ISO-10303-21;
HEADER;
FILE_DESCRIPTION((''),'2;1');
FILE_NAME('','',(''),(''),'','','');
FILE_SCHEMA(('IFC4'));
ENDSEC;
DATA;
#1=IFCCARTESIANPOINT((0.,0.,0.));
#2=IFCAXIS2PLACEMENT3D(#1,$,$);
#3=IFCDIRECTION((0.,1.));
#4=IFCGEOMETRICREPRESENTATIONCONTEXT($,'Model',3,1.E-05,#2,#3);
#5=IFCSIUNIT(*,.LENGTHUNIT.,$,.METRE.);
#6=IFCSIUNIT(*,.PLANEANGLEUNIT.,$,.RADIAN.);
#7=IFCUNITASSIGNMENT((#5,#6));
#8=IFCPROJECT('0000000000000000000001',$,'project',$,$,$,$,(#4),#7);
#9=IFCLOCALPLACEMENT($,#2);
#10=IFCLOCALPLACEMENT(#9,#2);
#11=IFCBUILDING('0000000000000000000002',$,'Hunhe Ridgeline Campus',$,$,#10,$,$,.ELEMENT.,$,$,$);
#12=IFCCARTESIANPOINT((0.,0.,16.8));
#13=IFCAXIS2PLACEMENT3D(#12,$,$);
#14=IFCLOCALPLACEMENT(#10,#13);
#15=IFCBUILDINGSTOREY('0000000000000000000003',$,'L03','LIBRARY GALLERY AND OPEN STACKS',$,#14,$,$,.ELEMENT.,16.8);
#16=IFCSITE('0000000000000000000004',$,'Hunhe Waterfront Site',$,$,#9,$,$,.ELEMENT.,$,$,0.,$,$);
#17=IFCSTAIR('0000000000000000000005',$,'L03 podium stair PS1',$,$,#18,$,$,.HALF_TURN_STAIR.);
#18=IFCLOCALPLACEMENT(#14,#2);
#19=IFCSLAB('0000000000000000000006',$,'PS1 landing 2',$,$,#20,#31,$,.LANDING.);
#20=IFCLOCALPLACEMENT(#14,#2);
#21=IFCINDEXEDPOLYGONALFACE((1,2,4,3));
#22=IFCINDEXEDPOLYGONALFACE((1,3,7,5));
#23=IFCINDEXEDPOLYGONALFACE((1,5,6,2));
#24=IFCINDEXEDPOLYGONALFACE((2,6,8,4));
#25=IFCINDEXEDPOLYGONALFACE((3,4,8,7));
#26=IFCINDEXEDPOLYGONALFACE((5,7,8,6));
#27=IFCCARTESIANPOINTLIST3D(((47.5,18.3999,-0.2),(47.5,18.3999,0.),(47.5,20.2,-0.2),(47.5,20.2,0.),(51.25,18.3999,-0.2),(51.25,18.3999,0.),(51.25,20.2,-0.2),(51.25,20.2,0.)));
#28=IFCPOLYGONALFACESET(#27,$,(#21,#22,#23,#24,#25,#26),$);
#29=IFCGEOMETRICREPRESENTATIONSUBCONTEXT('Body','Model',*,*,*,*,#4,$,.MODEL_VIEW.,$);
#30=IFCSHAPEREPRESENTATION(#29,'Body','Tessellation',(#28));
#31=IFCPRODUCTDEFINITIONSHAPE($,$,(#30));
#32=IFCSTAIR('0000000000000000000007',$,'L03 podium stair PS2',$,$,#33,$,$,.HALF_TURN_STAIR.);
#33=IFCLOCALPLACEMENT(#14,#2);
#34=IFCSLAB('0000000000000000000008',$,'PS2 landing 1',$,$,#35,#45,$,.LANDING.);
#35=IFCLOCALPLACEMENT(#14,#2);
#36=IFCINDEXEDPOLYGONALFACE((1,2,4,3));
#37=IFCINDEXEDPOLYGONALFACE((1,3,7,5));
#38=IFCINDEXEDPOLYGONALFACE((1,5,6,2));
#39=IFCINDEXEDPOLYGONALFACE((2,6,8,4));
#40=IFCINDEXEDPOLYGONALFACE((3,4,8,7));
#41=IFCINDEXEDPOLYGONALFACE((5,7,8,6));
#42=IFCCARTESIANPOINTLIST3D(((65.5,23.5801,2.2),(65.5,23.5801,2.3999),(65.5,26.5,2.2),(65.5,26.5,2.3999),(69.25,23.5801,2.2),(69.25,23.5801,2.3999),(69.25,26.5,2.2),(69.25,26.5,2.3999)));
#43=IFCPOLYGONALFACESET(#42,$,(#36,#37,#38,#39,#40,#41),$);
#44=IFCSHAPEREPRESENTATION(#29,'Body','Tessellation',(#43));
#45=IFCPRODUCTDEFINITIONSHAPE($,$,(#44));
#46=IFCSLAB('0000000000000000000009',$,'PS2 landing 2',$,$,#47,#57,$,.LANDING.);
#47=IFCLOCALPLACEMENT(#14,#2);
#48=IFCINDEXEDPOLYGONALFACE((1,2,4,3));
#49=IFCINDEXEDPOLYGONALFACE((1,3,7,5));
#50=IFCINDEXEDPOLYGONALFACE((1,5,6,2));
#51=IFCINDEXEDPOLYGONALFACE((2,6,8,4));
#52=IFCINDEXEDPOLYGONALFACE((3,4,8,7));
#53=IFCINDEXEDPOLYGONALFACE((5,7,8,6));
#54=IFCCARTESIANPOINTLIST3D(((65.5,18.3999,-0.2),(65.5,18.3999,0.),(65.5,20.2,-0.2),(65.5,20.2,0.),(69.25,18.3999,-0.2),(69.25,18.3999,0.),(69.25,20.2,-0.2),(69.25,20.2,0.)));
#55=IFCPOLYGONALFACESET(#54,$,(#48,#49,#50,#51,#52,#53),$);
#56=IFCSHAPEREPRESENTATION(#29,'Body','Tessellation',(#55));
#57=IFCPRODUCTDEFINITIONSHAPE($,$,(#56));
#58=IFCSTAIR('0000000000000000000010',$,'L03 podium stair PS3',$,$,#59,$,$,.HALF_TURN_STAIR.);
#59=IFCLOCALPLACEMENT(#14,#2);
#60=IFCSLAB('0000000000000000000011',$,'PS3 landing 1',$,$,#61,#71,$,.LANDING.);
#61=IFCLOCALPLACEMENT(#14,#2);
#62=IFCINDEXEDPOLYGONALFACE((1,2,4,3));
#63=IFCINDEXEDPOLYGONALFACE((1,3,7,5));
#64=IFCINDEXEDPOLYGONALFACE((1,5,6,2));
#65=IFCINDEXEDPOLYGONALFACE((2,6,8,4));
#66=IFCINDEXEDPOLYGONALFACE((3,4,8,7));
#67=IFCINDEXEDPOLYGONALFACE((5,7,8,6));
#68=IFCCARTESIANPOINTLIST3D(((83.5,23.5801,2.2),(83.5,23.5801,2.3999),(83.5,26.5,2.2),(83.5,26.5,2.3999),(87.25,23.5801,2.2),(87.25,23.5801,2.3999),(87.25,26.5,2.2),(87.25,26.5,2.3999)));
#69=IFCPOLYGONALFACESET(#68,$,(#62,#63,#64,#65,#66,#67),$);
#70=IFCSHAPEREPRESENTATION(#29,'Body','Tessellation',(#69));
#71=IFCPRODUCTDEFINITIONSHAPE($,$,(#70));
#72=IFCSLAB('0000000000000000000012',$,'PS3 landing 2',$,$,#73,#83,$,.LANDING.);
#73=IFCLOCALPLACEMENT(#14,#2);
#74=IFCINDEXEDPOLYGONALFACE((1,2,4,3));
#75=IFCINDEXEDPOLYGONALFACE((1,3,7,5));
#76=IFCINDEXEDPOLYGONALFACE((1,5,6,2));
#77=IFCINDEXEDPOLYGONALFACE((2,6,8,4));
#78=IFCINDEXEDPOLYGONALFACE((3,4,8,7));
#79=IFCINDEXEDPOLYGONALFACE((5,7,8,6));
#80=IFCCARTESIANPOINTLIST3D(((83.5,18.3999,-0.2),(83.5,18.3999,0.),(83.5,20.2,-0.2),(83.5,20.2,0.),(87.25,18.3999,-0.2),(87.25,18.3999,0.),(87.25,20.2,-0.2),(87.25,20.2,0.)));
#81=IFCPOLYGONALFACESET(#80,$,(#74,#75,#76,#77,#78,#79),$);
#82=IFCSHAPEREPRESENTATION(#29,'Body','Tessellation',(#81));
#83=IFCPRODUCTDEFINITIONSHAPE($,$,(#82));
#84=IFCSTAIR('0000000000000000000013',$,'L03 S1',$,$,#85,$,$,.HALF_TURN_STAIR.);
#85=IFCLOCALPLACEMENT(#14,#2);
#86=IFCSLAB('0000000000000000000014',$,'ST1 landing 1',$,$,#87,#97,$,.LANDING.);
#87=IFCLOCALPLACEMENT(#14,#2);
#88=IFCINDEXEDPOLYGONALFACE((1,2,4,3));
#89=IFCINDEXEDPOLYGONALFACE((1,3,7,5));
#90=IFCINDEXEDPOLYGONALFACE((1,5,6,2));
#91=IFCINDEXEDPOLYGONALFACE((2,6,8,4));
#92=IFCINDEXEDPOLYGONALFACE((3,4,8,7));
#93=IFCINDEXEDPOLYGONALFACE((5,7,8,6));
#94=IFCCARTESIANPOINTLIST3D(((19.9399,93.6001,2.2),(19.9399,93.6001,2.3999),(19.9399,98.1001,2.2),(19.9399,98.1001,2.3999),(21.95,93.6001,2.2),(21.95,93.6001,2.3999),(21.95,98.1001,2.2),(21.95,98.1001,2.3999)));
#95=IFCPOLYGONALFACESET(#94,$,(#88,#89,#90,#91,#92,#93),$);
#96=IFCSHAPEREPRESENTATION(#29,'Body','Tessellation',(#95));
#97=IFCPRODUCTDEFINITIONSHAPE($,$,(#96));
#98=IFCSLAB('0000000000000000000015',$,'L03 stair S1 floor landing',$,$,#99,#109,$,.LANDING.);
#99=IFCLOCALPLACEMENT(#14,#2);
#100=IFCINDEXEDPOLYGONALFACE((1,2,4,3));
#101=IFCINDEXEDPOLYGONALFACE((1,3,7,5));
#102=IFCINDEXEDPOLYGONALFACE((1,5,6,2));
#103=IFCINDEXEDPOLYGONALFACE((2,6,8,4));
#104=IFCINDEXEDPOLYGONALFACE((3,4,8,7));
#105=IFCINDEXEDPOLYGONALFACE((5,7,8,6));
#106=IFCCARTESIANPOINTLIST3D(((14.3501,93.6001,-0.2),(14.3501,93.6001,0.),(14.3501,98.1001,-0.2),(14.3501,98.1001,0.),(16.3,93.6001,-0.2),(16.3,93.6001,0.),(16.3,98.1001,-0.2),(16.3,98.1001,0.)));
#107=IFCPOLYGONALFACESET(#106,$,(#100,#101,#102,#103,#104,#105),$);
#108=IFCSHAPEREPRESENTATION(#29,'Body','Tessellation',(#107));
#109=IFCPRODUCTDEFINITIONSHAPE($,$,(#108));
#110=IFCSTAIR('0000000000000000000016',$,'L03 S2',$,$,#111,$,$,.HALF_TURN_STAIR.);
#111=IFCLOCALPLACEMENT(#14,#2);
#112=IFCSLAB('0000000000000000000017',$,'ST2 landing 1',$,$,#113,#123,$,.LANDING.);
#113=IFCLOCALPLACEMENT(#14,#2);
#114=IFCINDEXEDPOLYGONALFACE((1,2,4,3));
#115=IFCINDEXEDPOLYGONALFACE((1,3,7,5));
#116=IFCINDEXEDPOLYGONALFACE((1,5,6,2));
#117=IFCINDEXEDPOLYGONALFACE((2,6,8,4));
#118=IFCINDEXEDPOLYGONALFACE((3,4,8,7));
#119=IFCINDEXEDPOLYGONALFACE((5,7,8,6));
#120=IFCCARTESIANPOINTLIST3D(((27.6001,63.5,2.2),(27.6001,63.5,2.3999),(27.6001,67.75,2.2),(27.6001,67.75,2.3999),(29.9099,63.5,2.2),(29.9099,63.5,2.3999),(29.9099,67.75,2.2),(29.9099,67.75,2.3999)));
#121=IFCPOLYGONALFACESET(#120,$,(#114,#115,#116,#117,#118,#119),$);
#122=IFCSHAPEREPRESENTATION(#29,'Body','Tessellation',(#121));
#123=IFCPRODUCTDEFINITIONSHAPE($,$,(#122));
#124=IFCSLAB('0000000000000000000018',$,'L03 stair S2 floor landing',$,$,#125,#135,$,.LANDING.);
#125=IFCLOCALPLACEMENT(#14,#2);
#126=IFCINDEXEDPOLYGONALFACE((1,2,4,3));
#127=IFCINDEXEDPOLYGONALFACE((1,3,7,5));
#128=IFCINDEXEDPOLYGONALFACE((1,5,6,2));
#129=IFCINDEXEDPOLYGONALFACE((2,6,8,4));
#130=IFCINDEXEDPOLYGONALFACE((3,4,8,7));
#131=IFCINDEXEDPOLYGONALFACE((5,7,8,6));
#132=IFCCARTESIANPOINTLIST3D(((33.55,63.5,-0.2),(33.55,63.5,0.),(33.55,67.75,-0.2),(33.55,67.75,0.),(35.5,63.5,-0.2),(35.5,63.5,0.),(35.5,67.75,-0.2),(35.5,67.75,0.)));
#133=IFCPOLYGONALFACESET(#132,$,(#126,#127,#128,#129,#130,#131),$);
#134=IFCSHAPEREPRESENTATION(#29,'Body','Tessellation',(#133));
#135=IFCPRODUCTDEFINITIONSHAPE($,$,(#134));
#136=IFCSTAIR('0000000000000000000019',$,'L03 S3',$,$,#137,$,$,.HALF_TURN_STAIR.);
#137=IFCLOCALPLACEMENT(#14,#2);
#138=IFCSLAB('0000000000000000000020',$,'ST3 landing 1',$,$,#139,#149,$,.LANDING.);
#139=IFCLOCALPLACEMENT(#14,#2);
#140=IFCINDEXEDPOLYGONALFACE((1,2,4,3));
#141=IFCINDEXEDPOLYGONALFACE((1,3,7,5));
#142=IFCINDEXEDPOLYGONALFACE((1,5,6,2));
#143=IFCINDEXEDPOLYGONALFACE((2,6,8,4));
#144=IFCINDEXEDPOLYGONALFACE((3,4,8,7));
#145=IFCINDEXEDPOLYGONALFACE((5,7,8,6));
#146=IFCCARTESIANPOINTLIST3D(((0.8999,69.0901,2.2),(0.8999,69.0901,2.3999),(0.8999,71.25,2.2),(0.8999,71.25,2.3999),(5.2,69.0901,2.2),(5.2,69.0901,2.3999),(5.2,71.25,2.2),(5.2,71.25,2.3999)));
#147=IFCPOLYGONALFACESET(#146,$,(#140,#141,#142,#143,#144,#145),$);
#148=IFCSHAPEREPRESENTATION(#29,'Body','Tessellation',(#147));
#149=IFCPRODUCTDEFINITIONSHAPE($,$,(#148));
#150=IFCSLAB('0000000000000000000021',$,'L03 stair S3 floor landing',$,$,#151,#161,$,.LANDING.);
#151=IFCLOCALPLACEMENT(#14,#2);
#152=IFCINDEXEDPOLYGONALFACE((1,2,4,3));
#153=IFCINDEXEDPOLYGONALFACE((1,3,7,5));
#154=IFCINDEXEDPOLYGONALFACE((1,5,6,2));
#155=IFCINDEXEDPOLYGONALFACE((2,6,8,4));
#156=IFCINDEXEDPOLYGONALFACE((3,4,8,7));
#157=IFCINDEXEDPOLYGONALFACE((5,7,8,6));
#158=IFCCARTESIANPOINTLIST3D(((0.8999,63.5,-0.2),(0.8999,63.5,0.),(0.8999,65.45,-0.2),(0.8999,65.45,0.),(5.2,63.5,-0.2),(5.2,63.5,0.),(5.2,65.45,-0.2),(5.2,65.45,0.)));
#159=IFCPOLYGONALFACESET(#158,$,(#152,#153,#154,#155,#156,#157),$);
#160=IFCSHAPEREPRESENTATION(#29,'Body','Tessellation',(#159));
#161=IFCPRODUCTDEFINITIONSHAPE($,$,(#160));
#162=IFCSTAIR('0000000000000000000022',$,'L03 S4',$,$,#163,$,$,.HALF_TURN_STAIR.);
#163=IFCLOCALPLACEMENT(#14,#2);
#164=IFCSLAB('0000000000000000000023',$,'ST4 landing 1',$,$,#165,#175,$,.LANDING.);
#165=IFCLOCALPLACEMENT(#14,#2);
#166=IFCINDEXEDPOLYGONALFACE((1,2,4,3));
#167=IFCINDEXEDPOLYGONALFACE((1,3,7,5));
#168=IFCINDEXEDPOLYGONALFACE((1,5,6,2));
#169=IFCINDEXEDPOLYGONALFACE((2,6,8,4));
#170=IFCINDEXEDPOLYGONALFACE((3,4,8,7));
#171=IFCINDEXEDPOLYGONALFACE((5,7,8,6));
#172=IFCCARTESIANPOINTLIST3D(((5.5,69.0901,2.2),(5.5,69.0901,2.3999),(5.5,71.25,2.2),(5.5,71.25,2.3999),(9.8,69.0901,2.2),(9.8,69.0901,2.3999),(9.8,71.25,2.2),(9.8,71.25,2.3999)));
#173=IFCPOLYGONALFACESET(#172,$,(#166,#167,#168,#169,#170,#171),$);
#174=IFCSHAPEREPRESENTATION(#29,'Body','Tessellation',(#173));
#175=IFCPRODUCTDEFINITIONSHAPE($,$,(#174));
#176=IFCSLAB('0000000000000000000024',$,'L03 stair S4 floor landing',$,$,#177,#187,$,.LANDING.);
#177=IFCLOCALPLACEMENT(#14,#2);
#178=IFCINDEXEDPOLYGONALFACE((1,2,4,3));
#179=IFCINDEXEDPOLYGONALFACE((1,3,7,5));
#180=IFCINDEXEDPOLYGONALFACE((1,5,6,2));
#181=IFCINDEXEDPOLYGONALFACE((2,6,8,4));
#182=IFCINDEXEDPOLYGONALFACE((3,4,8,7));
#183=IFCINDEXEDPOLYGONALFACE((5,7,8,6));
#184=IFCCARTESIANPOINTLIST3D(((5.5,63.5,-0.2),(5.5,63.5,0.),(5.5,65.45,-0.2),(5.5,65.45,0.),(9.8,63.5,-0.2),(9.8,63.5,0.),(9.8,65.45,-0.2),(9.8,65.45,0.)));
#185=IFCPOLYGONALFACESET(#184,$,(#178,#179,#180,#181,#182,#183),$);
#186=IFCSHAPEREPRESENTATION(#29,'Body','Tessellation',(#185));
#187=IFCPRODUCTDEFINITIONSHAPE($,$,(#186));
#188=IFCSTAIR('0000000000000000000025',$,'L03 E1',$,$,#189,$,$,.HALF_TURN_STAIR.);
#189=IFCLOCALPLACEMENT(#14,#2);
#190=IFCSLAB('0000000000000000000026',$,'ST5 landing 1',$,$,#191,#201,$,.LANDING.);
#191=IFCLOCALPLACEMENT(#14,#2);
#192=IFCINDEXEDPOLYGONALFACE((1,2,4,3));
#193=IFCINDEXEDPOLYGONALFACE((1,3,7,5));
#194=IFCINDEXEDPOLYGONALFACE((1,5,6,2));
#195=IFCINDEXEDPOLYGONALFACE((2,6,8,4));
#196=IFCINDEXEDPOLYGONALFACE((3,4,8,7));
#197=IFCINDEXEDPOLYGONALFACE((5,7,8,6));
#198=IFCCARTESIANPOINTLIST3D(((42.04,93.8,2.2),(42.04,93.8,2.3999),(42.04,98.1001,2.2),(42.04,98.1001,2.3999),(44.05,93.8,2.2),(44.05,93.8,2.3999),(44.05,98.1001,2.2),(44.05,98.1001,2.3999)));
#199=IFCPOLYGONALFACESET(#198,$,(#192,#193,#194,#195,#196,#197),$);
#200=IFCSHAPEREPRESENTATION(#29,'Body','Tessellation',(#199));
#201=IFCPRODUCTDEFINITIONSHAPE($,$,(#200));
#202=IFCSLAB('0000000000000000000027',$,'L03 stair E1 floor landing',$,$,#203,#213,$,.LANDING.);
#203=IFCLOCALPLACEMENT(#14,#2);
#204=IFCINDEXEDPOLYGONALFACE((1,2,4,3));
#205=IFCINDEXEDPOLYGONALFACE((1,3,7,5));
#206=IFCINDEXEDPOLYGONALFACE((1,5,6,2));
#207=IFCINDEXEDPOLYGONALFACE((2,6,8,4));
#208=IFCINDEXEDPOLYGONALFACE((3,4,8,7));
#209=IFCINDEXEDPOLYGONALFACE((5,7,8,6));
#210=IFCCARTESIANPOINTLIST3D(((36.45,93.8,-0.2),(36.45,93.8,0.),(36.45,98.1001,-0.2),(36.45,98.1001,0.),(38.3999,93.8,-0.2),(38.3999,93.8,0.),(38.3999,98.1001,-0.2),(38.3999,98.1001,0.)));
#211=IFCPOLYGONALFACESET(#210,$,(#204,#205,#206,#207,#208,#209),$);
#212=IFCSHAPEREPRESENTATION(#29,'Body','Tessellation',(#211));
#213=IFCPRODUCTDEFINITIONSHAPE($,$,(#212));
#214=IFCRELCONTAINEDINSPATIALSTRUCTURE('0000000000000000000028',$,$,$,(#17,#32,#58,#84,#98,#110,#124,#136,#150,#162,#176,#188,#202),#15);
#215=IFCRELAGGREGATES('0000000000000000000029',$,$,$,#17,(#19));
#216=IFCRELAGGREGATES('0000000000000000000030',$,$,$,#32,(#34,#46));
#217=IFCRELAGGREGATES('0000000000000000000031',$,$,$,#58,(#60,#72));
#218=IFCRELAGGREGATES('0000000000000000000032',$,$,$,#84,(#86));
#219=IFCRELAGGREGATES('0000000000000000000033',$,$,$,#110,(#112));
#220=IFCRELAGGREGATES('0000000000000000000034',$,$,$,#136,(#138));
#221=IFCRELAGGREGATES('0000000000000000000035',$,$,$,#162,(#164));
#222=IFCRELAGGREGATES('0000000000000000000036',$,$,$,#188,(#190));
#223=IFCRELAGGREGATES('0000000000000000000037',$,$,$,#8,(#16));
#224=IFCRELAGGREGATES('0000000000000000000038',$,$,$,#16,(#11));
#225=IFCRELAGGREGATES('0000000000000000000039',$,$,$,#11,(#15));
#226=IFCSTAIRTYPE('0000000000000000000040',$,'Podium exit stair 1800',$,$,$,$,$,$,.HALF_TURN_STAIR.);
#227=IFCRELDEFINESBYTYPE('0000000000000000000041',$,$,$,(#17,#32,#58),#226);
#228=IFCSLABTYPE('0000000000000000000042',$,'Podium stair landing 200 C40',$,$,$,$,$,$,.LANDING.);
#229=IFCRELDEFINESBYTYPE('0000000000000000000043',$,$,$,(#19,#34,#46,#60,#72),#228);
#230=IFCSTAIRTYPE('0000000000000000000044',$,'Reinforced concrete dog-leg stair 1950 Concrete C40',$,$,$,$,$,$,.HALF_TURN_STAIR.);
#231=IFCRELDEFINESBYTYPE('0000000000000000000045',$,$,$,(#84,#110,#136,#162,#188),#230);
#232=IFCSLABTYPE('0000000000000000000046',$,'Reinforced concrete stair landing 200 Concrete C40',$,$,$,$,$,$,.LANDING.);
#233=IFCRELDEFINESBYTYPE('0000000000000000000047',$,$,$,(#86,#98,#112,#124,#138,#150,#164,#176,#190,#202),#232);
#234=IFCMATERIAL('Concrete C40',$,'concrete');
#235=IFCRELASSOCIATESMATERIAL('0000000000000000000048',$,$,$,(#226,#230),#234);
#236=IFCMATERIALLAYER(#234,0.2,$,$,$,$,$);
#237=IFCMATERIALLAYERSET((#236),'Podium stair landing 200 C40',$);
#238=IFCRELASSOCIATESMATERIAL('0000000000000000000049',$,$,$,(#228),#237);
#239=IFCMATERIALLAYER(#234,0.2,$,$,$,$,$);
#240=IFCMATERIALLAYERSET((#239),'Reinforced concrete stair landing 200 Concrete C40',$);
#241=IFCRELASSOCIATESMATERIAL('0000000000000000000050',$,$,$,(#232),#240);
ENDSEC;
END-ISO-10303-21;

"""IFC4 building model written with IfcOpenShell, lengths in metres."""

from ifc_helpers import new_model, si_unit, direction, frame, origin, place, context, subcontext, project, spatial, polyline, outline, extrude, material, layer, layer_set, type_object, element, aggregate, save


model = new_model("IFC4")

# Units and contexts
model_context = context("Model", 3, precision=1e-05, world=origin(), true_north=direction((0.0, 1.0)))
body_context = subcontext(model_context, "Body", "Model", "MODEL_VIEW")
ifc_project = project(units=[si_unit("LENGTHUNIT", "METRE"), si_unit("PLANEANGLEUNIT", "RADIAN")], contexts=[model_context])

# Site, building, storey
site_placement = place(None, origin())
site = spatial("IfcSite", under=ifc_project, at=site_placement, Name="Hunhe Waterfront Site", CompositionType="ELEMENT", RefElevation=0.0)
building_placement = place(site_placement, origin())
building = spatial("IfcBuilding", under=site, at=building_placement, Name="Hunhe Ridgeline Campus", CompositionType="ELEMENT")
storey_placement = place(building_placement, frame((0.0, 0.0, 16.8)))
storey = spatial("IfcBuildingStorey", under=building, at=storey_placement, Name="L03", Description="LIBRARY GALLERY AND OPEN STACKS", CompositionType="ELEMENT", Elevation=16.8)

# Shared definitions
ifc_material_1 = material(Name="Concrete C40", Category="concrete")

# Stairs, slabs
stair_type_1 = type_object("IfcStairType", Name="Podium exit stair 1800", PredefinedType="HALF_TURN_STAIR", material=ifc_material_1)
stair_1_placement = place(storey_placement, origin())
stair_1 = element("IfcStair", 1, at=stair_1_placement, inside=storey, type_object=stair_type_1, Name="L03 podium stair PS1", PredefinedType="HALF_TURN_STAIR")
ifc_layer_1 = layer(ifc_material_1, 0.2)
ifc_layer_set_1 = layer_set([ifc_layer_1], Name="Podium stair landing 200 C40")
slab_type_1 = type_object("IfcSlabType", Name="Podium stair landing 200 C40", PredefinedType="LANDING", material=ifc_layer_set_1)
slab_1_placement = place(storey_placement, frame((0.0, 0.0, -0.2)))
slab_1 = element("IfcSlab", 2, at=slab_1_placement, type_object=slab_type_1, Name="PS1 landing 2", PredefinedType="LANDING", context=body_context, shape_type="SweptSolid", body=[
    extrude(outline(polyline([(47.5, 18.3999), (51.25, 18.3999), (51.25, 20.2), (47.5, 20.2), (47.5, 18.3999)])), origin(), (0.0, 0.0, 1.0), 0.2),
])
aggregate(stair_1, [slab_1])
stair_2_placement = place(storey_placement, origin())
stair_2 = element("IfcStair", 3, at=stair_2_placement, inside=storey, type_object=stair_type_1, Name="L03 podium stair PS2", PredefinedType="HALF_TURN_STAIR")
slab_2_placement = place(storey_placement, frame((0.0, 0.0, 2.2)))
slab_2 = element("IfcSlab", 4, at=slab_2_placement, type_object=slab_type_1, Name="PS2 landing 1", PredefinedType="LANDING", context=body_context, shape_type="SweptSolid", body=[
    extrude(outline(polyline([(69.25, 23.5801), (69.25, 26.5), (65.5, 26.5), (65.5, 23.5801), (69.25, 23.5801)])), origin(), (0.0, 0.0, 1.0), 0.2),
])
slab_3_placement = place(storey_placement, frame((0.0, 0.0, -0.2)))
slab_3 = element("IfcSlab", 5, at=slab_3_placement, type_object=slab_type_1, Name="PS2 landing 2", PredefinedType="LANDING", context=body_context, shape_type="SweptSolid", body=[
    extrude(outline(polyline([(65.5, 18.3999), (69.25, 18.3999), (69.25, 20.2), (65.5, 20.2), (65.5, 18.3999)])), origin(), (0.0, 0.0, 1.0), 0.2),
])
aggregate(stair_2, [slab_2, slab_3])
stair_3_placement = place(storey_placement, origin())
stair_3 = element("IfcStair", 6, at=stair_3_placement, inside=storey, type_object=stair_type_1, Name="L03 podium stair PS3", PredefinedType="HALF_TURN_STAIR")
slab_4_placement = place(storey_placement, frame((0.0, 0.0, 2.2)))
slab_4 = element("IfcSlab", 7, at=slab_4_placement, type_object=slab_type_1, Name="PS3 landing 1", PredefinedType="LANDING", context=body_context, shape_type="SweptSolid", body=[
    extrude(outline(polyline([(87.25, 23.5801), (87.25, 26.5), (83.5, 26.5), (83.5, 23.5801), (87.25, 23.5801)])), origin(), (0.0, 0.0, 1.0), 0.2),
])
slab_5_placement = place(storey_placement, frame((0.0, 0.0, -0.2)))
slab_5 = element("IfcSlab", 8, at=slab_5_placement, type_object=slab_type_1, Name="PS3 landing 2", PredefinedType="LANDING", context=body_context, shape_type="SweptSolid", body=[
    extrude(outline(polyline([(83.5, 18.3999), (87.25, 18.3999), (87.25, 20.2), (83.5, 20.2), (83.5, 18.3999)])), origin(), (0.0, 0.0, 1.0), 0.2),
])
aggregate(stair_3, [slab_4, slab_5])

# Stair, slab
stair_type_2 = type_object("IfcStairType", Name="Reinforced concrete dog-leg stair 1950 Concrete C40", PredefinedType="HALF_TURN_STAIR", material=ifc_material_1)
stair_4_placement = place(storey_placement, origin())
stair_4 = element("IfcStair", 9, at=stair_4_placement, inside=storey, type_object=stair_type_2, Name="L03 S1", PredefinedType="HALF_TURN_STAIR")
ifc_layer_2 = layer(ifc_material_1, 0.2)
ifc_layer_set_2 = layer_set([ifc_layer_2], Name="Reinforced concrete stair landing 200 Concrete C40")
slab_type_2 = type_object("IfcSlabType", Name="Reinforced concrete stair landing 200 Concrete C40", PredefinedType="LANDING", material=ifc_layer_set_2)
slab_6_placement = place(storey_placement, frame((0.0, 0.0, 2.2)))
slab_6 = element("IfcSlab", 10, at=slab_6_placement, type_object=slab_type_2, Name="ST1 landing 1", PredefinedType="LANDING", context=body_context, shape_type="SweptSolid", body=[
    extrude(outline(polyline([(19.9399, 93.6001), (21.95, 93.6001), (21.95, 98.1001), (19.9399, 98.1001), (19.9399, 93.6001)])), origin(), (0.0, 0.0, 1.0), 0.2),
])
aggregate(stair_4, [slab_6])

# Slab
slab_7_placement = place(storey_placement, frame((0.0, 0.0, -0.2)))
element("IfcSlab", 11, at=slab_7_placement, inside=storey, type_object=slab_type_2, Name="L03 stair S1 floor landing", PredefinedType="LANDING", context=body_context, shape_type="SweptSolid", body=[
    extrude(outline(polyline([(14.3501, 93.6001), (16.3, 93.6001), (16.3, 98.1001), (14.3501, 98.1001), (14.3501, 93.6001)])), origin(), (0.0, 0.0, 1.0), 0.2),
])

# Stair, slab
stair_5_placement = place(storey_placement, origin())
stair_5 = element("IfcStair", 12, at=stair_5_placement, inside=storey, type_object=stair_type_2, Name="L03 S2", PredefinedType="HALF_TURN_STAIR")
slab_8_placement = place(storey_placement, frame((0.0, 0.0, 2.2)))
slab_8 = element("IfcSlab", 13, at=slab_8_placement, type_object=slab_type_2, Name="ST2 landing 1", PredefinedType="LANDING", context=body_context, shape_type="SweptSolid", body=[
    extrude(outline(polyline([(29.9099, 67.75), (27.6001, 67.75), (27.6001, 63.5), (29.9099, 63.5), (29.9099, 67.75)])), origin(), (0.0, 0.0, 1.0), 0.2),
])
aggregate(stair_5, [slab_8])

# Slab
slab_9_placement = place(storey_placement, frame((0.0, 0.0, -0.2)))
element("IfcSlab", 14, at=slab_9_placement, inside=storey, type_object=slab_type_2, Name="L03 stair S2 floor landing", PredefinedType="LANDING", context=body_context, shape_type="SweptSolid", body=[
    extrude(outline(polyline([(35.5, 67.75), (33.55, 67.75), (33.55, 63.5), (35.5, 63.5), (35.5, 67.75)])), origin(), (0.0, 0.0, 1.0), 0.2),
])

# Stair, slab
stair_6_placement = place(storey_placement, origin())
stair_6 = element("IfcStair", 15, at=stair_6_placement, inside=storey, type_object=stair_type_2, Name="L03 S3", PredefinedType="HALF_TURN_STAIR")
slab_10_placement = place(storey_placement, frame((0.0, 0.0, 2.2)))
slab_10 = element("IfcSlab", 16, at=slab_10_placement, type_object=slab_type_2, Name="ST3 landing 1", PredefinedType="LANDING", context=body_context, shape_type="SweptSolid", body=[
    extrude(outline(polyline([(5.2, 69.0901), (5.2, 71.25), (0.8999, 71.25), (0.8999, 69.0901), (5.2, 69.0901)])), origin(), (0.0, 0.0, 1.0), 0.2),
])
aggregate(stair_6, [slab_10])

# Slab
slab_11_placement = place(storey_placement, frame((0.0, 0.0, -0.2)))
element("IfcSlab", 17, at=slab_11_placement, inside=storey, type_object=slab_type_2, Name="L03 stair S3 floor landing", PredefinedType="LANDING", context=body_context, shape_type="SweptSolid", body=[
    extrude(outline(polyline([(5.2, 63.5), (5.2, 65.45), (0.8999, 65.45), (0.8999, 63.5), (5.2, 63.5)])), origin(), (0.0, 0.0, 1.0), 0.2),
])

# Stair, slab
stair_7_placement = place(storey_placement, origin())
stair_7 = element("IfcStair", 18, at=stair_7_placement, inside=storey, type_object=stair_type_2, Name="L03 S4", PredefinedType="HALF_TURN_STAIR")
slab_12_placement = place(storey_placement, frame((0.0, 0.0, 2.2)))
slab_12 = element("IfcSlab", 19, at=slab_12_placement, type_object=slab_type_2, Name="ST4 landing 1", PredefinedType="LANDING", context=body_context, shape_type="SweptSolid", body=[
    extrude(outline(polyline([(9.8, 69.0901), (9.8, 71.25), (5.5, 71.25), (5.5, 69.0901), (9.8, 69.0901)])), origin(), (0.0, 0.0, 1.0), 0.2),
])
aggregate(stair_7, [slab_12])

# Slab
slab_13_placement = place(storey_placement, frame((0.0, 0.0, -0.2)))
element("IfcSlab", 20, at=slab_13_placement, inside=storey, type_object=slab_type_2, Name="L03 stair S4 floor landing", PredefinedType="LANDING", context=body_context, shape_type="SweptSolid", body=[
    extrude(outline(polyline([(9.8, 63.5), (9.8, 65.45), (5.5, 65.45), (5.5, 63.5), (9.8, 63.5)])), origin(), (0.0, 0.0, 1.0), 0.2),
])

# Stair, slab
stair_8_placement = place(storey_placement, origin())
stair_8 = element("IfcStair", 21, at=stair_8_placement, inside=storey, type_object=stair_type_2, Name="L03 E1", PredefinedType="HALF_TURN_STAIR")
slab_14_placement = place(storey_placement, frame((0.0, 0.0, 2.2)))
slab_14 = element("IfcSlab", 22, at=slab_14_placement, type_object=slab_type_2, Name="ST5 landing 1", PredefinedType="LANDING", context=body_context, shape_type="SweptSolid", body=[
    extrude(outline(polyline([(42.04, 93.8), (44.05, 93.8), (44.05, 98.1001), (42.04, 98.1001), (42.04, 93.8)])), origin(), (0.0, 0.0, 1.0), 0.2),
])
aggregate(stair_8, [slab_14])

# Slab
slab_15_placement = place(storey_placement, frame((0.0, 0.0, -0.2)))
element("IfcSlab", 23, at=slab_15_placement, inside=storey, type_object=slab_type_2, Name="L03 stair E1 floor landing", PredefinedType="LANDING", context=body_context, shape_type="SweptSolid", body=[
    extrude(outline(polyline([(36.45, 93.8), (38.3999, 93.8), (38.3999, 98.1001), (36.45, 98.1001), (36.45, 93.8)])), origin(), (0.0, 0.0, 1.0), 0.2),
])

save(model, "model.ifc")
